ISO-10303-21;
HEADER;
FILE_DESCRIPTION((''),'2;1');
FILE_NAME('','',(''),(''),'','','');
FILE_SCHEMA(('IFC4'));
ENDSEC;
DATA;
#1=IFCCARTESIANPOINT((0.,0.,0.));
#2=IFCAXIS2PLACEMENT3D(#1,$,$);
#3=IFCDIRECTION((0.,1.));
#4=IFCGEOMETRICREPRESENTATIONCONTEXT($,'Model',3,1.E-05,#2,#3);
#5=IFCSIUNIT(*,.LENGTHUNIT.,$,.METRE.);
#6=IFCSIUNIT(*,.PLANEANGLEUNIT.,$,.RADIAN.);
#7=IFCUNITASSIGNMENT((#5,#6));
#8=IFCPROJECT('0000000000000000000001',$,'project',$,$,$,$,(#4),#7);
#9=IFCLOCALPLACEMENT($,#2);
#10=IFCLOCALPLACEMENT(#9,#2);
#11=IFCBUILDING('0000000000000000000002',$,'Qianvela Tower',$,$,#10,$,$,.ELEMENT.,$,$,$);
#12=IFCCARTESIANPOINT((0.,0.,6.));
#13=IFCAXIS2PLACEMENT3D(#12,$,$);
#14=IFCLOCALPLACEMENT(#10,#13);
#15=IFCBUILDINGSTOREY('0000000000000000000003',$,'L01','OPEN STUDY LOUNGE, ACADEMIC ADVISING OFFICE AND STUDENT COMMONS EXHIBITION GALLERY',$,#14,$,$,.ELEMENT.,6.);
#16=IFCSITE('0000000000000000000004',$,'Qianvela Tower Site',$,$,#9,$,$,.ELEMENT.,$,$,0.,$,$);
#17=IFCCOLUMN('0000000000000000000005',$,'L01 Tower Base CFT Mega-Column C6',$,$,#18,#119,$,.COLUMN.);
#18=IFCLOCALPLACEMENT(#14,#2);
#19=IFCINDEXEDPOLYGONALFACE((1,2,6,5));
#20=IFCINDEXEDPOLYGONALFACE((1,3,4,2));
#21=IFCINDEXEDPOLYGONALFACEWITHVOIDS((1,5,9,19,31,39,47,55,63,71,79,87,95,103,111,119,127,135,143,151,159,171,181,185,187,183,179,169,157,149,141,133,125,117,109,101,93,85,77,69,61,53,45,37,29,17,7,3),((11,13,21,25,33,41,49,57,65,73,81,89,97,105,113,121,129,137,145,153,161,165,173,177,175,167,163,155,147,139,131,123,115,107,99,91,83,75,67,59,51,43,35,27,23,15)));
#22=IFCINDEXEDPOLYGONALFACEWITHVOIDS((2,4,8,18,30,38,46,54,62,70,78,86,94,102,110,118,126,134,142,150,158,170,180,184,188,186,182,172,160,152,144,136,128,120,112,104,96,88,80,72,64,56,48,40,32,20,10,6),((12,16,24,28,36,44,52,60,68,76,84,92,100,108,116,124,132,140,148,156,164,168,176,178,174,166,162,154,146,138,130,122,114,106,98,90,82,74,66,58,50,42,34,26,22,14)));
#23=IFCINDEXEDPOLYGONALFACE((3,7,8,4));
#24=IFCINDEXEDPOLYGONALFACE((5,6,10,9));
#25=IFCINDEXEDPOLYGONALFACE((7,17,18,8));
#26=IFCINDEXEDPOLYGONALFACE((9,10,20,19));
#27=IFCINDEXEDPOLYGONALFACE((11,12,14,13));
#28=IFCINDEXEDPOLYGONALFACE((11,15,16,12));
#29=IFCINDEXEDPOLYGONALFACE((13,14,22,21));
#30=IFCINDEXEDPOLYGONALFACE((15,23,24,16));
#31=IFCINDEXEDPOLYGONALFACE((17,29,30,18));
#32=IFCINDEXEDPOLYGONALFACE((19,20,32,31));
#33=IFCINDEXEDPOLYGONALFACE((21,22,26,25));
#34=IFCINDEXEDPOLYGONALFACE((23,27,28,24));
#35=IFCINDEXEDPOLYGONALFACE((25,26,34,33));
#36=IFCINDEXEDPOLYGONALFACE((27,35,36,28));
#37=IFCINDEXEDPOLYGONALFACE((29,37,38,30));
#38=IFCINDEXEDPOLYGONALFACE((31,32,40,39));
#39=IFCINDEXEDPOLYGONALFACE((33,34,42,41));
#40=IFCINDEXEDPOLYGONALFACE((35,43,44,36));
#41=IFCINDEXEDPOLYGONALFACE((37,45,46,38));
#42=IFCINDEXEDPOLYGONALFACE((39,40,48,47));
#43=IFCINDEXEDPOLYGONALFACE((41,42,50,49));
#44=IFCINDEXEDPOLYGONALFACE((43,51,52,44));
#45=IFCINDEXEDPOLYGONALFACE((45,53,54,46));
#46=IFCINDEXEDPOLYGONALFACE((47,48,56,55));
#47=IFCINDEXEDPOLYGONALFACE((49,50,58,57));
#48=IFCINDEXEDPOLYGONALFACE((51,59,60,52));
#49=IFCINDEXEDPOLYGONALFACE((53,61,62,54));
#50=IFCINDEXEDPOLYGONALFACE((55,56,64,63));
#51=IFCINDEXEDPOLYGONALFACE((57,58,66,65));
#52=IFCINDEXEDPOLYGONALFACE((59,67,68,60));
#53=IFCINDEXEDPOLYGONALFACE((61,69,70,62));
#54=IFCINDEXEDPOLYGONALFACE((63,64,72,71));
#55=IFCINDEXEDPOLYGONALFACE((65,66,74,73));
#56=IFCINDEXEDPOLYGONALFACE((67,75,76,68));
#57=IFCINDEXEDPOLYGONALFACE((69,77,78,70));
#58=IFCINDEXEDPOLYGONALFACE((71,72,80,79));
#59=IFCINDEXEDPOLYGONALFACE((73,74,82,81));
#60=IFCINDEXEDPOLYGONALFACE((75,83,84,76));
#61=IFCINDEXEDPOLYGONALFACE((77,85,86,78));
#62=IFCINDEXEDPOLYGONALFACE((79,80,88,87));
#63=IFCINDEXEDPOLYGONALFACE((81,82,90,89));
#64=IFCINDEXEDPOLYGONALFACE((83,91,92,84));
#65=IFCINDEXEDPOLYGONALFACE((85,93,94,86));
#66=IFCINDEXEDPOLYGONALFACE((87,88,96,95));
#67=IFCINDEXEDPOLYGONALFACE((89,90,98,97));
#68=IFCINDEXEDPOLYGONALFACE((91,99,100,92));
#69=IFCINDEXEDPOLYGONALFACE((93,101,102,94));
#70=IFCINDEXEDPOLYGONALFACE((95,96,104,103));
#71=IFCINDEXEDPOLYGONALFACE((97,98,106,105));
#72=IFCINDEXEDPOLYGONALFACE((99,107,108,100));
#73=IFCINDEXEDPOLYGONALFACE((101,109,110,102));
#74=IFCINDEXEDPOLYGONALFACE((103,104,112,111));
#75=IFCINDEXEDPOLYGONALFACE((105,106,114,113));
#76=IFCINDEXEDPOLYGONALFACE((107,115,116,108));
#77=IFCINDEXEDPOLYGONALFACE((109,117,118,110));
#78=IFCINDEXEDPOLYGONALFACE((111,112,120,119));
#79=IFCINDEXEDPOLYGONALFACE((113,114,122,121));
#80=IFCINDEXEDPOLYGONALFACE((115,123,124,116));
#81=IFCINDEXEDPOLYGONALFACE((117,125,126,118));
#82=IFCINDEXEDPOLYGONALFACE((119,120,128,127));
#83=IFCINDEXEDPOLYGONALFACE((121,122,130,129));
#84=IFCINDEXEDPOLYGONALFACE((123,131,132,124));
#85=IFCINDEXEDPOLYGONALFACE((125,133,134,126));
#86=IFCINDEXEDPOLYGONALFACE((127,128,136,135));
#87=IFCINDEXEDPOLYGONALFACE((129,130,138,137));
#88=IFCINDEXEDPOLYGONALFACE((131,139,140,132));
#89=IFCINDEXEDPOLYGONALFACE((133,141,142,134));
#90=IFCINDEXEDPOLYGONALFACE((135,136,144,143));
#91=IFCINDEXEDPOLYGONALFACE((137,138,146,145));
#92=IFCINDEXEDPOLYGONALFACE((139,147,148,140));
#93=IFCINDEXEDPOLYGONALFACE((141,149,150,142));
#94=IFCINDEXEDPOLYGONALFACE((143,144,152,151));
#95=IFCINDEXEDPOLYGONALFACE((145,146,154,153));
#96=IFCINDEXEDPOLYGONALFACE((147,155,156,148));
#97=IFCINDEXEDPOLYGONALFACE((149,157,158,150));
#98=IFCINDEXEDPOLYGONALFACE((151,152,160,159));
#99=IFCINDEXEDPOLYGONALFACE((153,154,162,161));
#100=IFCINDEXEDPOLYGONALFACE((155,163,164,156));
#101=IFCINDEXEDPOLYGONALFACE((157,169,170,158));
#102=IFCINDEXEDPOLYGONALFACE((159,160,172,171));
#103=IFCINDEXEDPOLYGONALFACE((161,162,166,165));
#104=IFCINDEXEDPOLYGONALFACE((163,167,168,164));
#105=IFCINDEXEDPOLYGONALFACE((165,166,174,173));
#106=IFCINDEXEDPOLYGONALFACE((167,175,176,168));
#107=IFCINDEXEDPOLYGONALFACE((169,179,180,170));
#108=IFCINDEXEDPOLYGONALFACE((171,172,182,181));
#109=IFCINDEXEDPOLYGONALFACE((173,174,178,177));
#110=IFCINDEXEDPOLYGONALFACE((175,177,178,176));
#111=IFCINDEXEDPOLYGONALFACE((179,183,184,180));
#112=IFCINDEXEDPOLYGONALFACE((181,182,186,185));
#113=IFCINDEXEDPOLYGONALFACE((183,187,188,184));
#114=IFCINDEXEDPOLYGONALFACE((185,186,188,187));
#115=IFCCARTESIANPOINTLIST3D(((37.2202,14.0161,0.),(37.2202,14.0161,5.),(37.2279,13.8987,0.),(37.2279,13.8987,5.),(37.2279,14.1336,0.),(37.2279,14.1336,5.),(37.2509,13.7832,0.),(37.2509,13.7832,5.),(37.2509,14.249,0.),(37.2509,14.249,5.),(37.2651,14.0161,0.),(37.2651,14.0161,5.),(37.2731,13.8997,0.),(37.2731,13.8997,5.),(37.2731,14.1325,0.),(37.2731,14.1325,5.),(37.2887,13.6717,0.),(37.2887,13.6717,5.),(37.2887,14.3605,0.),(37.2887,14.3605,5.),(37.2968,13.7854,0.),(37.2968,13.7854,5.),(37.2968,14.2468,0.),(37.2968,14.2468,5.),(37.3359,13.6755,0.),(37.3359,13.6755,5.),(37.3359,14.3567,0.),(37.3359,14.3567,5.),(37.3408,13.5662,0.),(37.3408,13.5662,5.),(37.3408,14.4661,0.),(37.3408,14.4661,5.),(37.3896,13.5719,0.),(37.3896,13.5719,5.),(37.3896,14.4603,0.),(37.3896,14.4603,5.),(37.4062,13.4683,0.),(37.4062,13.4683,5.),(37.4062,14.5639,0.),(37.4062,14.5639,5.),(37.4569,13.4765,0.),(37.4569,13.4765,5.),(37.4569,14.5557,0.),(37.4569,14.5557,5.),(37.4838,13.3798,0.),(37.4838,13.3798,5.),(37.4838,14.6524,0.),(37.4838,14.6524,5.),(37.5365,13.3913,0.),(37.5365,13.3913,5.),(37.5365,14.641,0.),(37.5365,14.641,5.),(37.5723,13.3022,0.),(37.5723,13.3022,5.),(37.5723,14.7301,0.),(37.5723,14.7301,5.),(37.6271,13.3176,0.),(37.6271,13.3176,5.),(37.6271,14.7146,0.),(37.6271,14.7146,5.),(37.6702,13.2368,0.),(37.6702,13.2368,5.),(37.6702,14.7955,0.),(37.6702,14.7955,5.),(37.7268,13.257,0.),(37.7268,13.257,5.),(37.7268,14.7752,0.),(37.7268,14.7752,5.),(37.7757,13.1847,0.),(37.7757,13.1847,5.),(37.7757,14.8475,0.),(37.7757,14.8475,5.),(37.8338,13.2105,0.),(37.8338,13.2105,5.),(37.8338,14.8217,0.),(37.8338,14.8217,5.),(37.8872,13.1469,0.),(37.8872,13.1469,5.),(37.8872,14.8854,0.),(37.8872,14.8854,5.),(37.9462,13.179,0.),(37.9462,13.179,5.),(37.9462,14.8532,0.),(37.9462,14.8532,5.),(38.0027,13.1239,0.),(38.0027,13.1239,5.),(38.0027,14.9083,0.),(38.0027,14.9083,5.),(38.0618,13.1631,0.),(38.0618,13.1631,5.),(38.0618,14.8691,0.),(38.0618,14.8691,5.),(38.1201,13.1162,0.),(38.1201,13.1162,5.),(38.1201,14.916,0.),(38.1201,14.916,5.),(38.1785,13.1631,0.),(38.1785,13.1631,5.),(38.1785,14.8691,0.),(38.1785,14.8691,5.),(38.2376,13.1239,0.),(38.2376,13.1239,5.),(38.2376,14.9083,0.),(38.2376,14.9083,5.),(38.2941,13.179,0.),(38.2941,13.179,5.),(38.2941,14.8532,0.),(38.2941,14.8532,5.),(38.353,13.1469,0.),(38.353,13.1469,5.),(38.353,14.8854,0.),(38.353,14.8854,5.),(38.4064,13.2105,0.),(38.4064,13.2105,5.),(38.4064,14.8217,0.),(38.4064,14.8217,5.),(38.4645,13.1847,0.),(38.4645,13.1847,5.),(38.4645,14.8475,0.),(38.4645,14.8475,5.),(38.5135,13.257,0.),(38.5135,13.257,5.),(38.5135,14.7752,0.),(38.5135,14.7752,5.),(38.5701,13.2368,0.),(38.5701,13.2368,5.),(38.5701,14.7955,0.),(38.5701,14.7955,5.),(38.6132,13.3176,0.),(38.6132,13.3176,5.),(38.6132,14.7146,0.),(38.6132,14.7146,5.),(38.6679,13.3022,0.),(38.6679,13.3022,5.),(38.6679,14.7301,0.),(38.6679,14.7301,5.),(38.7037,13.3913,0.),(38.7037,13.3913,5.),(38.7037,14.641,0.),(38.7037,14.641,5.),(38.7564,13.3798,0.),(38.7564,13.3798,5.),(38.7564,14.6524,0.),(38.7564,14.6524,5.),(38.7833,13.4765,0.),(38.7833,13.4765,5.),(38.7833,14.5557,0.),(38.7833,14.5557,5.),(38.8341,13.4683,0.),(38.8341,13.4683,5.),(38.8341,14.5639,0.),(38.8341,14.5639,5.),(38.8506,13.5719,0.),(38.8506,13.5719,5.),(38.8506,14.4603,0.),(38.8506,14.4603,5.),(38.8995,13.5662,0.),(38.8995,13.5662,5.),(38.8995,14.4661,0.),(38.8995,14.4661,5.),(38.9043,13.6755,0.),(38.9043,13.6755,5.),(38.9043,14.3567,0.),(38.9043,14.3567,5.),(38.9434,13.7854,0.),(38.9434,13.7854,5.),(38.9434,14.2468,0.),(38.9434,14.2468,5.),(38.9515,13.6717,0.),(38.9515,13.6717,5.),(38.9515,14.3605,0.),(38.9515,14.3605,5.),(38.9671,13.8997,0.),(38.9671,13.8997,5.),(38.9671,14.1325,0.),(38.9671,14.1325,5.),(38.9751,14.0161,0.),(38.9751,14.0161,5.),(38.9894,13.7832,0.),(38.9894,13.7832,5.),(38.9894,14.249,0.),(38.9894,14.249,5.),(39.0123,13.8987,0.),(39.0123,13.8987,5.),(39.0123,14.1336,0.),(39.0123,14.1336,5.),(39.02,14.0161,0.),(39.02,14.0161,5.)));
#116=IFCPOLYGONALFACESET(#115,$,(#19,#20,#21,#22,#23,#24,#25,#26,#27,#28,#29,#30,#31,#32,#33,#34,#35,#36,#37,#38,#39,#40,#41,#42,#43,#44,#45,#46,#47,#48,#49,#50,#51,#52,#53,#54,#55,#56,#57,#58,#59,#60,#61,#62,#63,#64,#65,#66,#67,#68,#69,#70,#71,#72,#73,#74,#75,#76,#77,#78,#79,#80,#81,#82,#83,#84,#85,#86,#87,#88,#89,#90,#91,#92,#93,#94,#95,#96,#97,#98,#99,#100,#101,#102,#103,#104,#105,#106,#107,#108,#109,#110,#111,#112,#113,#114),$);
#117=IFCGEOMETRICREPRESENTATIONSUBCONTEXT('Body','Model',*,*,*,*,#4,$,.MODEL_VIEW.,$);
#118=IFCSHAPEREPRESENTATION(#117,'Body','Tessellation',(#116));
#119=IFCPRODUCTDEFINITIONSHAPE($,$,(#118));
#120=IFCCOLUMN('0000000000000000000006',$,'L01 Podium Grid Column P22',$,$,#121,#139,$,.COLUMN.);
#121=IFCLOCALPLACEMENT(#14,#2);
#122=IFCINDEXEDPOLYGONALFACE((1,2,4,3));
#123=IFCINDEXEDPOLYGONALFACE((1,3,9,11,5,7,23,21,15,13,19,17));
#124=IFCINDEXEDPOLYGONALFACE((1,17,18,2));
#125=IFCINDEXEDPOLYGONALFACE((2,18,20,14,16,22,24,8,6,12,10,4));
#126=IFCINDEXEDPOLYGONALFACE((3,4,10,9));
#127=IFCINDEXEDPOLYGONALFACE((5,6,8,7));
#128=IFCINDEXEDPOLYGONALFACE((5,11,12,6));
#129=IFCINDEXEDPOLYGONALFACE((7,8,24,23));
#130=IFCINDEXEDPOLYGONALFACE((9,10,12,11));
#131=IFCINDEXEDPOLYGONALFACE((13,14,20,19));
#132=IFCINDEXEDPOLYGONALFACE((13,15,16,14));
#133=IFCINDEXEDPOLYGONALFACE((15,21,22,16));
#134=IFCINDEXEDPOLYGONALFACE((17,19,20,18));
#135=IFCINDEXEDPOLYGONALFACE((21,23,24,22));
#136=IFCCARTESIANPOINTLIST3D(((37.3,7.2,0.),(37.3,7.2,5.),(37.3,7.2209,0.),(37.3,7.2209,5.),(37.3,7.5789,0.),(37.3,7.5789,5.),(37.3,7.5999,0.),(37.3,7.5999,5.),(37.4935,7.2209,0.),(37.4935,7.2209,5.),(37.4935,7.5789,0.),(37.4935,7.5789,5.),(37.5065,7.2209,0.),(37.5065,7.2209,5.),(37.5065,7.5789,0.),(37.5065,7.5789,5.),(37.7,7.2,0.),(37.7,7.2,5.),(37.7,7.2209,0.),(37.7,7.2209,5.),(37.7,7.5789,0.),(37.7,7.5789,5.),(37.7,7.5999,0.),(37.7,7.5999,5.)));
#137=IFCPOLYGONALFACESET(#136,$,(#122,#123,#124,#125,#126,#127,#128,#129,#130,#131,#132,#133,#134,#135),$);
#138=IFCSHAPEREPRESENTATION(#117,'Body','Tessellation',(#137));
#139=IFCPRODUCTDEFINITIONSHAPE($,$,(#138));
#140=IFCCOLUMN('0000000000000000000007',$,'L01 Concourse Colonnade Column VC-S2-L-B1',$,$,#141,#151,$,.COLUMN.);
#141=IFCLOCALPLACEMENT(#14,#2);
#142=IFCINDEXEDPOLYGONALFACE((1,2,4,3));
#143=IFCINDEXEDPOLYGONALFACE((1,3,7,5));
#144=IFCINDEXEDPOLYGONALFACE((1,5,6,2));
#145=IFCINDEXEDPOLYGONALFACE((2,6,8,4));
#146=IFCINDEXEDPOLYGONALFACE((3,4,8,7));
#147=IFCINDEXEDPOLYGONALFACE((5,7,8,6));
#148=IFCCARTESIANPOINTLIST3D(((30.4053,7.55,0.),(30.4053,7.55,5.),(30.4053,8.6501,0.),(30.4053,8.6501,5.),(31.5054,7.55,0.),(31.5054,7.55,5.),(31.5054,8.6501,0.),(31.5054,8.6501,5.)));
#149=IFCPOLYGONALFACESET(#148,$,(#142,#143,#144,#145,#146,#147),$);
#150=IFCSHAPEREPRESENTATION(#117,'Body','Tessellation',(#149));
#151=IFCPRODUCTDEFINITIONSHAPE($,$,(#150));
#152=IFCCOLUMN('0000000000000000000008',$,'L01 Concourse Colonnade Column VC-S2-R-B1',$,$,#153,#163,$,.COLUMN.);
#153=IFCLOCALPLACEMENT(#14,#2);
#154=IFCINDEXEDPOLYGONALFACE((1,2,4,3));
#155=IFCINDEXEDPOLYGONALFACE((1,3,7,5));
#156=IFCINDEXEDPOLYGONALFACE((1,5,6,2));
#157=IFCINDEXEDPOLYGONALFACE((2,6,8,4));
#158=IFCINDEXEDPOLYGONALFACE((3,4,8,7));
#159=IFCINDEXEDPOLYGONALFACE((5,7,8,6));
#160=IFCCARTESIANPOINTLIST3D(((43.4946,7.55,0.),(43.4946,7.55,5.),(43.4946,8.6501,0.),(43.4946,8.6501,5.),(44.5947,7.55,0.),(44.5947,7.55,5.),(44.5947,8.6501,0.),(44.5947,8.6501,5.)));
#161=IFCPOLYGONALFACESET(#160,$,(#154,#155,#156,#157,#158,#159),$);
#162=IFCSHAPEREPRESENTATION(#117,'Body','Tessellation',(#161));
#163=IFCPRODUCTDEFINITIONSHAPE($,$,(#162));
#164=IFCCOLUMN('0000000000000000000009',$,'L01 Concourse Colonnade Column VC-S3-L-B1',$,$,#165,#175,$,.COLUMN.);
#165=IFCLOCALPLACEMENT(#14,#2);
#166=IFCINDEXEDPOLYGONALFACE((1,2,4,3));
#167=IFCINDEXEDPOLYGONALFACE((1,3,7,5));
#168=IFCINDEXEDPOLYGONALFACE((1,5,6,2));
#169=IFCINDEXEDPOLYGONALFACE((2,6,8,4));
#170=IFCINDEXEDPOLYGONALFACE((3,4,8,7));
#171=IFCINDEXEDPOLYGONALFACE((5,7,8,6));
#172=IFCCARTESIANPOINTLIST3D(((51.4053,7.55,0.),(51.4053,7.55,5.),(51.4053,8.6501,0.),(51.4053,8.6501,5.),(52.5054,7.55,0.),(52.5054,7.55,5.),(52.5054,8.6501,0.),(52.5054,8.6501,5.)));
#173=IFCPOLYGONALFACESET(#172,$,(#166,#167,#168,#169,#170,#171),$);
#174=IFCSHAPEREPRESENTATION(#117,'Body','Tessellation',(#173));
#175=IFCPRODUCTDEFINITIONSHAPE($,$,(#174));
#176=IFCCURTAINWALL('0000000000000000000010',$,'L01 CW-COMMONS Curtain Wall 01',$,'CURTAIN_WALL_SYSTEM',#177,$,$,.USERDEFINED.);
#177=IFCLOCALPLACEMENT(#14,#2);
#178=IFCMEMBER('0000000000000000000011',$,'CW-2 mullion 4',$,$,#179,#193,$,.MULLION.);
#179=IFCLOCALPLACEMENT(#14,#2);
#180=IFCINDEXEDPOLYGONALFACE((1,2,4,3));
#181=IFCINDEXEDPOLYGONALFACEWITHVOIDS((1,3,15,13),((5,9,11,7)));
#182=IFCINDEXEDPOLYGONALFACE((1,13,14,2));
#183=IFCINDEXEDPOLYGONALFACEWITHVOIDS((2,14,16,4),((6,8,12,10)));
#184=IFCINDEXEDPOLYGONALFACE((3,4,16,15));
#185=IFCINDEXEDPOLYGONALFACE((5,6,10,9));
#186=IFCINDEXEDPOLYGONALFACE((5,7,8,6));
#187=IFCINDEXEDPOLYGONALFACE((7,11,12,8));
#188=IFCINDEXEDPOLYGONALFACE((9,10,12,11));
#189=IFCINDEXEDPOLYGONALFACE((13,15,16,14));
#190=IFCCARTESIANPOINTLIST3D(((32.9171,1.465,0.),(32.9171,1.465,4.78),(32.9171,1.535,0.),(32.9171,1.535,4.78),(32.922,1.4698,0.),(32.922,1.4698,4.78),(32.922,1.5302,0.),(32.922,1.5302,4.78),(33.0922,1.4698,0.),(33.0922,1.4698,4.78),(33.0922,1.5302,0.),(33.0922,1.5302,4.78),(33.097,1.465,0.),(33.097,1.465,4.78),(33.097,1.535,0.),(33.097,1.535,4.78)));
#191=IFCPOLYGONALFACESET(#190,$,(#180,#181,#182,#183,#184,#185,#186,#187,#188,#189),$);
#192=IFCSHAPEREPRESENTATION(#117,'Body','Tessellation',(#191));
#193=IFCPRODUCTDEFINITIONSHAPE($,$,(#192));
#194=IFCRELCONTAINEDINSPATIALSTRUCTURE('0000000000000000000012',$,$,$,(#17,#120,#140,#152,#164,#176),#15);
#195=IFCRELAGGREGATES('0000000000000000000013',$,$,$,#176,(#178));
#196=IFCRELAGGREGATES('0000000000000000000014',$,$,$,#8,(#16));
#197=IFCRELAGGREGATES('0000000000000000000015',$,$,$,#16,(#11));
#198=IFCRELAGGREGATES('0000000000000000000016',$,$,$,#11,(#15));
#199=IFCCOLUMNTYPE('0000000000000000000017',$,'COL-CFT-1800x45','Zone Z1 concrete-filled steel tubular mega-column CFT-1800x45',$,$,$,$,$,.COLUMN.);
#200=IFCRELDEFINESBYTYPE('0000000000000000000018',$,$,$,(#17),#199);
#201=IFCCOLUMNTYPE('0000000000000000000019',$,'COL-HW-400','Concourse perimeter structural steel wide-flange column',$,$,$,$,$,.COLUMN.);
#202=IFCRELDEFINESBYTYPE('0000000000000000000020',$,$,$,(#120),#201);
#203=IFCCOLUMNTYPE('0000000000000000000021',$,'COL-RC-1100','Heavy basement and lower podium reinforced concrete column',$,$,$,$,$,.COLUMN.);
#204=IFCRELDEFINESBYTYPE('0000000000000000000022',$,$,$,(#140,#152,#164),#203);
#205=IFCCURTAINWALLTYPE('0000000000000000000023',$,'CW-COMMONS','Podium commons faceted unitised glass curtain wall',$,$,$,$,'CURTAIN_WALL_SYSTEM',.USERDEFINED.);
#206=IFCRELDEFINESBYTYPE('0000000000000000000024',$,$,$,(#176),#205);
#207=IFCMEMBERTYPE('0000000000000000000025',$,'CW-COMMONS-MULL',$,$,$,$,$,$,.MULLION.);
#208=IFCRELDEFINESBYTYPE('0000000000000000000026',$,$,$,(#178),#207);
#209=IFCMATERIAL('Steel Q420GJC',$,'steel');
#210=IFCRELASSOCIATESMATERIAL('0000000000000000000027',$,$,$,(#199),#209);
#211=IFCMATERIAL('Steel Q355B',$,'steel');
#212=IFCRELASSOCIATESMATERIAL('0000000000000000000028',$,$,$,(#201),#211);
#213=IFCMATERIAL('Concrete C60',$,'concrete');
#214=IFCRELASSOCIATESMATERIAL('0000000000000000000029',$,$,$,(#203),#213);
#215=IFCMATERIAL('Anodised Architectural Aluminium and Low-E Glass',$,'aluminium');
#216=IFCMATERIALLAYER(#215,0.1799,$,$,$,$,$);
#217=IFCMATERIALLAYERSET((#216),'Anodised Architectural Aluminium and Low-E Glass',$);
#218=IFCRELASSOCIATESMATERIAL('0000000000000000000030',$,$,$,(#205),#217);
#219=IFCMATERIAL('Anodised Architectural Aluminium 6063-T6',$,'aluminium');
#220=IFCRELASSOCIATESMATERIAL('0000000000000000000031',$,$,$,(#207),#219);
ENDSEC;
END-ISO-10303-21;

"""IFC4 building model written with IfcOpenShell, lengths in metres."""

from ifc_helpers import new_model, si_unit, direction, frame, origin, origin_2d, place, context, subcontext, project, spatial, rectangle, hollow_rectangle, hollow_circle, i_section, extrude, material, layer, layer_set, material_profile, profile_set, type_object, element, aggregate, save


model = new_model("IFC4")

# Units and contexts
model_context = context("Model", 3, precision=1e-05, world=origin(), true_north=direction((0.0, 1.0)))
body_context = subcontext(model_context, "Body", "Model", "MODEL_VIEW")
ifc_project = project(units=[si_unit("LENGTHUNIT", "METRE"), si_unit("PLANEANGLEUNIT", "RADIAN")], contexts=[model_context])

# Site, building, storey
site_placement = place(None, origin())
site = spatial("IfcSite", under=ifc_project, at=site_placement, Name="Qianvela Tower Site", CompositionType="ELEMENT", RefElevation=0.0)
building_placement = place(site_placement, origin())
building = spatial("IfcBuilding", under=site, at=building_placement, Name="Qianvela Tower", CompositionType="ELEMENT")
storey_placement = place(building_placement, frame((0.0, 0.0, 6.0)))
storey = spatial("IfcBuildingStorey", under=building, at=storey_placement, Name="L01", Description="OPEN STUDY LOUNGE, ACADEMIC ADVISING OFFICE AND STUDENT COMMONS EXHIBITION GALLERY", CompositionType="ELEMENT", Elevation=6.0)

# Columns
ifc_material_1 = material(Name="Steel Q420GJC", Category="steel")
ifc_material_profile_1 = material_profile(ifc_material_1, hollow_circle(Radius=0.8999, WallThickness=0.0449, at=origin_2d()), Name="CFT-1800x45")
ifc_profile_set_1 = profile_set([ifc_material_profile_1], Name="Steel Q420GJC")
column_type_1 = type_object("IfcColumnType", Name="COL-CFT-1800x45", Description="Zone Z1 concrete-filled steel tubular mega-column CFT-1800x45", PredefinedType="COLUMN", material=ifc_profile_set_1)
column_1_placement = place(storey_placement, frame((38.1201, 14.0161, 0.0), z_axis=(0.0, 0.0, 1.0), x_axis=(1.0, 0.0, 0.0)))
element("IfcColumn", 1, at=column_1_placement, inside=storey, type_object=column_type_1, Name="L01 Tower Base CFT Mega-Column C6", PredefinedType="COLUMN", context=body_context, shape_type="SweptSolid", body=[
    extrude(hollow_circle(Radius=0.8999, WallThickness=0.0449, at=origin_2d()), origin(), (0.0, 0.0, 1.0), 5.0),
])
ifc_material_2 = material(Name="Steel Q355B", Category="steel")
ifc_material_profile_2 = material_profile(ifc_material_2, i_section(OverallWidth=0.3999, OverallDepth=0.3999, WebThickness=0.0129, FlangeThickness=0.021, at=origin_2d()), Name="HW400x400x13x21")
ifc_profile_set_2 = profile_set([ifc_material_profile_2], Name="Steel Q355B")
column_type_2 = type_object("IfcColumnType", Name="COL-HW-400", Description="Concourse perimeter structural steel wide-flange column", PredefinedType="COLUMN", material=ifc_profile_set_2)
column_2_placement = place(storey_placement, frame((37.5, 7.3999, 0.0), z_axis=(0.0, 0.0, 1.0), x_axis=(1.0, 0.0, 0.0)))
element("IfcColumn", 2, at=column_2_placement, inside=storey, type_object=column_type_2, Name="L01 Podium Grid Column P22", PredefinedType="COLUMN", context=body_context, shape_type="SweptSolid", body=[
    extrude(i_section(OverallWidth=0.3999, OverallDepth=0.3999, WebThickness=0.0129, FlangeThickness=0.021, at=origin_2d()), origin(), (0.0, 0.0, 1.0), 5.0),
])
ifc_material_3 = material(Name="Concrete C60", Category="concrete")
ifc_material_profile_3 = material_profile(ifc_material_3, rectangle(XDim=1.1001, YDim=1.1001, at=origin_2d()), Name="RC-COL-1100x1100")
ifc_profile_set_3 = profile_set([ifc_material_profile_3], Name="Concrete C60")
column_type_3 = type_object("IfcColumnType", Name="COL-RC-1100", Description="Heavy basement and lower podium reinforced concrete column", PredefinedType="COLUMN", material=ifc_profile_set_3)
for number, where, z_axis, x_axis, name in (
    (3, (30.9553, 8.1001, 0.0), (0.0, 0.0, 1.0), (1.0, 0.0, 0.0), "L01 Concourse Colonnade Column VC-S2-L-B1"),
    (4, (44.0447, 8.1001, 0.0), (0.0, 0.0, 1.0), (1.0, 0.0, 0.0), "L01 Concourse Colonnade Column VC-S2-R-B1"),
    (5, (51.9553, 8.1001, 0.0), (0.0, 0.0, 1.0), (1.0, 0.0, 0.0), "L01 Concourse Colonnade Column VC-S3-L-B1"),
):
    element("IfcColumn", number, at=place(storey_placement, frame(where, z_axis=z_axis, x_axis=x_axis)), inside=storey, type_object=column_type_3, Name=name, PredefinedType="COLUMN", context=body_context, shape_type="SweptSolid", body=[
        extrude(rectangle(XDim=1.1001, YDim=1.1001, at=origin_2d()), origin(), (0.0, 0.0, 1.0), 5.0),
    ])

# Curtain wall, member
ifc_material_4 = material(Name="Anodised Architectural Aluminium and Low-E Glass", Category="aluminium")
ifc_layer_1 = layer(ifc_material_4, 0.1799)
ifc_layer_set_1 = layer_set([ifc_layer_1], Name="Anodised Architectural Aluminium and Low-E Glass")
curtain_wall_type = type_object("IfcCurtainWallType", Name="CW-COMMONS", Description="Podium commons faceted unitised glass curtain wall", ElementType="CURTAIN_WALL_SYSTEM", PredefinedType="USERDEFINED", material=ifc_layer_set_1)
curtain_wall_placement = place(storey_placement, origin())
curtain_wall = element("IfcCurtainWall", 6, at=curtain_wall_placement, inside=storey, type_object=curtain_wall_type, Name="L01 CW-COMMONS Curtain Wall 01", ObjectType="CURTAIN_WALL_SYSTEM", PredefinedType="USERDEFINED")
ifc_material_5 = material(Name="Anodised Architectural Aluminium 6063-T6", Category="aluminium")
ifc_material_profile_4 = material_profile(ifc_material_5, hollow_rectangle(XDim=0.0701, YDim=0.1799, WallThickness=0.0049, at=origin_2d()), Name="ALU-MULL-70x180")
ifc_profile_set_4 = profile_set([ifc_material_profile_4], Name="Anodised Architectural Aluminium 6063-T6")
member_type_1 = type_object("IfcMemberType", Name="CW-COMMONS-MULL", PredefinedType="MULLION", material=ifc_profile_set_4)
member_1_placement = place(storey_placement, frame((33.0071, 1.5, 0.0), z_axis=(0.0, 0.0, 1.0), x_axis=(0.0, 1.0, 0.0)))
member_1 = element("IfcMember", 7, at=member_1_placement, type_object=member_type_1, Name="CW-2 mullion 4", PredefinedType="MULLION", context=body_context, shape_type="SweptSolid", body=[
    extrude(hollow_rectangle(XDim=0.0701, YDim=0.1799, WallThickness=0.0049, at=origin_2d()), origin(), (0.0, 0.0, 1.0), 4.78),
])

aggregate(curtain_wall, [member_1])

save(model, "model.ifc")
